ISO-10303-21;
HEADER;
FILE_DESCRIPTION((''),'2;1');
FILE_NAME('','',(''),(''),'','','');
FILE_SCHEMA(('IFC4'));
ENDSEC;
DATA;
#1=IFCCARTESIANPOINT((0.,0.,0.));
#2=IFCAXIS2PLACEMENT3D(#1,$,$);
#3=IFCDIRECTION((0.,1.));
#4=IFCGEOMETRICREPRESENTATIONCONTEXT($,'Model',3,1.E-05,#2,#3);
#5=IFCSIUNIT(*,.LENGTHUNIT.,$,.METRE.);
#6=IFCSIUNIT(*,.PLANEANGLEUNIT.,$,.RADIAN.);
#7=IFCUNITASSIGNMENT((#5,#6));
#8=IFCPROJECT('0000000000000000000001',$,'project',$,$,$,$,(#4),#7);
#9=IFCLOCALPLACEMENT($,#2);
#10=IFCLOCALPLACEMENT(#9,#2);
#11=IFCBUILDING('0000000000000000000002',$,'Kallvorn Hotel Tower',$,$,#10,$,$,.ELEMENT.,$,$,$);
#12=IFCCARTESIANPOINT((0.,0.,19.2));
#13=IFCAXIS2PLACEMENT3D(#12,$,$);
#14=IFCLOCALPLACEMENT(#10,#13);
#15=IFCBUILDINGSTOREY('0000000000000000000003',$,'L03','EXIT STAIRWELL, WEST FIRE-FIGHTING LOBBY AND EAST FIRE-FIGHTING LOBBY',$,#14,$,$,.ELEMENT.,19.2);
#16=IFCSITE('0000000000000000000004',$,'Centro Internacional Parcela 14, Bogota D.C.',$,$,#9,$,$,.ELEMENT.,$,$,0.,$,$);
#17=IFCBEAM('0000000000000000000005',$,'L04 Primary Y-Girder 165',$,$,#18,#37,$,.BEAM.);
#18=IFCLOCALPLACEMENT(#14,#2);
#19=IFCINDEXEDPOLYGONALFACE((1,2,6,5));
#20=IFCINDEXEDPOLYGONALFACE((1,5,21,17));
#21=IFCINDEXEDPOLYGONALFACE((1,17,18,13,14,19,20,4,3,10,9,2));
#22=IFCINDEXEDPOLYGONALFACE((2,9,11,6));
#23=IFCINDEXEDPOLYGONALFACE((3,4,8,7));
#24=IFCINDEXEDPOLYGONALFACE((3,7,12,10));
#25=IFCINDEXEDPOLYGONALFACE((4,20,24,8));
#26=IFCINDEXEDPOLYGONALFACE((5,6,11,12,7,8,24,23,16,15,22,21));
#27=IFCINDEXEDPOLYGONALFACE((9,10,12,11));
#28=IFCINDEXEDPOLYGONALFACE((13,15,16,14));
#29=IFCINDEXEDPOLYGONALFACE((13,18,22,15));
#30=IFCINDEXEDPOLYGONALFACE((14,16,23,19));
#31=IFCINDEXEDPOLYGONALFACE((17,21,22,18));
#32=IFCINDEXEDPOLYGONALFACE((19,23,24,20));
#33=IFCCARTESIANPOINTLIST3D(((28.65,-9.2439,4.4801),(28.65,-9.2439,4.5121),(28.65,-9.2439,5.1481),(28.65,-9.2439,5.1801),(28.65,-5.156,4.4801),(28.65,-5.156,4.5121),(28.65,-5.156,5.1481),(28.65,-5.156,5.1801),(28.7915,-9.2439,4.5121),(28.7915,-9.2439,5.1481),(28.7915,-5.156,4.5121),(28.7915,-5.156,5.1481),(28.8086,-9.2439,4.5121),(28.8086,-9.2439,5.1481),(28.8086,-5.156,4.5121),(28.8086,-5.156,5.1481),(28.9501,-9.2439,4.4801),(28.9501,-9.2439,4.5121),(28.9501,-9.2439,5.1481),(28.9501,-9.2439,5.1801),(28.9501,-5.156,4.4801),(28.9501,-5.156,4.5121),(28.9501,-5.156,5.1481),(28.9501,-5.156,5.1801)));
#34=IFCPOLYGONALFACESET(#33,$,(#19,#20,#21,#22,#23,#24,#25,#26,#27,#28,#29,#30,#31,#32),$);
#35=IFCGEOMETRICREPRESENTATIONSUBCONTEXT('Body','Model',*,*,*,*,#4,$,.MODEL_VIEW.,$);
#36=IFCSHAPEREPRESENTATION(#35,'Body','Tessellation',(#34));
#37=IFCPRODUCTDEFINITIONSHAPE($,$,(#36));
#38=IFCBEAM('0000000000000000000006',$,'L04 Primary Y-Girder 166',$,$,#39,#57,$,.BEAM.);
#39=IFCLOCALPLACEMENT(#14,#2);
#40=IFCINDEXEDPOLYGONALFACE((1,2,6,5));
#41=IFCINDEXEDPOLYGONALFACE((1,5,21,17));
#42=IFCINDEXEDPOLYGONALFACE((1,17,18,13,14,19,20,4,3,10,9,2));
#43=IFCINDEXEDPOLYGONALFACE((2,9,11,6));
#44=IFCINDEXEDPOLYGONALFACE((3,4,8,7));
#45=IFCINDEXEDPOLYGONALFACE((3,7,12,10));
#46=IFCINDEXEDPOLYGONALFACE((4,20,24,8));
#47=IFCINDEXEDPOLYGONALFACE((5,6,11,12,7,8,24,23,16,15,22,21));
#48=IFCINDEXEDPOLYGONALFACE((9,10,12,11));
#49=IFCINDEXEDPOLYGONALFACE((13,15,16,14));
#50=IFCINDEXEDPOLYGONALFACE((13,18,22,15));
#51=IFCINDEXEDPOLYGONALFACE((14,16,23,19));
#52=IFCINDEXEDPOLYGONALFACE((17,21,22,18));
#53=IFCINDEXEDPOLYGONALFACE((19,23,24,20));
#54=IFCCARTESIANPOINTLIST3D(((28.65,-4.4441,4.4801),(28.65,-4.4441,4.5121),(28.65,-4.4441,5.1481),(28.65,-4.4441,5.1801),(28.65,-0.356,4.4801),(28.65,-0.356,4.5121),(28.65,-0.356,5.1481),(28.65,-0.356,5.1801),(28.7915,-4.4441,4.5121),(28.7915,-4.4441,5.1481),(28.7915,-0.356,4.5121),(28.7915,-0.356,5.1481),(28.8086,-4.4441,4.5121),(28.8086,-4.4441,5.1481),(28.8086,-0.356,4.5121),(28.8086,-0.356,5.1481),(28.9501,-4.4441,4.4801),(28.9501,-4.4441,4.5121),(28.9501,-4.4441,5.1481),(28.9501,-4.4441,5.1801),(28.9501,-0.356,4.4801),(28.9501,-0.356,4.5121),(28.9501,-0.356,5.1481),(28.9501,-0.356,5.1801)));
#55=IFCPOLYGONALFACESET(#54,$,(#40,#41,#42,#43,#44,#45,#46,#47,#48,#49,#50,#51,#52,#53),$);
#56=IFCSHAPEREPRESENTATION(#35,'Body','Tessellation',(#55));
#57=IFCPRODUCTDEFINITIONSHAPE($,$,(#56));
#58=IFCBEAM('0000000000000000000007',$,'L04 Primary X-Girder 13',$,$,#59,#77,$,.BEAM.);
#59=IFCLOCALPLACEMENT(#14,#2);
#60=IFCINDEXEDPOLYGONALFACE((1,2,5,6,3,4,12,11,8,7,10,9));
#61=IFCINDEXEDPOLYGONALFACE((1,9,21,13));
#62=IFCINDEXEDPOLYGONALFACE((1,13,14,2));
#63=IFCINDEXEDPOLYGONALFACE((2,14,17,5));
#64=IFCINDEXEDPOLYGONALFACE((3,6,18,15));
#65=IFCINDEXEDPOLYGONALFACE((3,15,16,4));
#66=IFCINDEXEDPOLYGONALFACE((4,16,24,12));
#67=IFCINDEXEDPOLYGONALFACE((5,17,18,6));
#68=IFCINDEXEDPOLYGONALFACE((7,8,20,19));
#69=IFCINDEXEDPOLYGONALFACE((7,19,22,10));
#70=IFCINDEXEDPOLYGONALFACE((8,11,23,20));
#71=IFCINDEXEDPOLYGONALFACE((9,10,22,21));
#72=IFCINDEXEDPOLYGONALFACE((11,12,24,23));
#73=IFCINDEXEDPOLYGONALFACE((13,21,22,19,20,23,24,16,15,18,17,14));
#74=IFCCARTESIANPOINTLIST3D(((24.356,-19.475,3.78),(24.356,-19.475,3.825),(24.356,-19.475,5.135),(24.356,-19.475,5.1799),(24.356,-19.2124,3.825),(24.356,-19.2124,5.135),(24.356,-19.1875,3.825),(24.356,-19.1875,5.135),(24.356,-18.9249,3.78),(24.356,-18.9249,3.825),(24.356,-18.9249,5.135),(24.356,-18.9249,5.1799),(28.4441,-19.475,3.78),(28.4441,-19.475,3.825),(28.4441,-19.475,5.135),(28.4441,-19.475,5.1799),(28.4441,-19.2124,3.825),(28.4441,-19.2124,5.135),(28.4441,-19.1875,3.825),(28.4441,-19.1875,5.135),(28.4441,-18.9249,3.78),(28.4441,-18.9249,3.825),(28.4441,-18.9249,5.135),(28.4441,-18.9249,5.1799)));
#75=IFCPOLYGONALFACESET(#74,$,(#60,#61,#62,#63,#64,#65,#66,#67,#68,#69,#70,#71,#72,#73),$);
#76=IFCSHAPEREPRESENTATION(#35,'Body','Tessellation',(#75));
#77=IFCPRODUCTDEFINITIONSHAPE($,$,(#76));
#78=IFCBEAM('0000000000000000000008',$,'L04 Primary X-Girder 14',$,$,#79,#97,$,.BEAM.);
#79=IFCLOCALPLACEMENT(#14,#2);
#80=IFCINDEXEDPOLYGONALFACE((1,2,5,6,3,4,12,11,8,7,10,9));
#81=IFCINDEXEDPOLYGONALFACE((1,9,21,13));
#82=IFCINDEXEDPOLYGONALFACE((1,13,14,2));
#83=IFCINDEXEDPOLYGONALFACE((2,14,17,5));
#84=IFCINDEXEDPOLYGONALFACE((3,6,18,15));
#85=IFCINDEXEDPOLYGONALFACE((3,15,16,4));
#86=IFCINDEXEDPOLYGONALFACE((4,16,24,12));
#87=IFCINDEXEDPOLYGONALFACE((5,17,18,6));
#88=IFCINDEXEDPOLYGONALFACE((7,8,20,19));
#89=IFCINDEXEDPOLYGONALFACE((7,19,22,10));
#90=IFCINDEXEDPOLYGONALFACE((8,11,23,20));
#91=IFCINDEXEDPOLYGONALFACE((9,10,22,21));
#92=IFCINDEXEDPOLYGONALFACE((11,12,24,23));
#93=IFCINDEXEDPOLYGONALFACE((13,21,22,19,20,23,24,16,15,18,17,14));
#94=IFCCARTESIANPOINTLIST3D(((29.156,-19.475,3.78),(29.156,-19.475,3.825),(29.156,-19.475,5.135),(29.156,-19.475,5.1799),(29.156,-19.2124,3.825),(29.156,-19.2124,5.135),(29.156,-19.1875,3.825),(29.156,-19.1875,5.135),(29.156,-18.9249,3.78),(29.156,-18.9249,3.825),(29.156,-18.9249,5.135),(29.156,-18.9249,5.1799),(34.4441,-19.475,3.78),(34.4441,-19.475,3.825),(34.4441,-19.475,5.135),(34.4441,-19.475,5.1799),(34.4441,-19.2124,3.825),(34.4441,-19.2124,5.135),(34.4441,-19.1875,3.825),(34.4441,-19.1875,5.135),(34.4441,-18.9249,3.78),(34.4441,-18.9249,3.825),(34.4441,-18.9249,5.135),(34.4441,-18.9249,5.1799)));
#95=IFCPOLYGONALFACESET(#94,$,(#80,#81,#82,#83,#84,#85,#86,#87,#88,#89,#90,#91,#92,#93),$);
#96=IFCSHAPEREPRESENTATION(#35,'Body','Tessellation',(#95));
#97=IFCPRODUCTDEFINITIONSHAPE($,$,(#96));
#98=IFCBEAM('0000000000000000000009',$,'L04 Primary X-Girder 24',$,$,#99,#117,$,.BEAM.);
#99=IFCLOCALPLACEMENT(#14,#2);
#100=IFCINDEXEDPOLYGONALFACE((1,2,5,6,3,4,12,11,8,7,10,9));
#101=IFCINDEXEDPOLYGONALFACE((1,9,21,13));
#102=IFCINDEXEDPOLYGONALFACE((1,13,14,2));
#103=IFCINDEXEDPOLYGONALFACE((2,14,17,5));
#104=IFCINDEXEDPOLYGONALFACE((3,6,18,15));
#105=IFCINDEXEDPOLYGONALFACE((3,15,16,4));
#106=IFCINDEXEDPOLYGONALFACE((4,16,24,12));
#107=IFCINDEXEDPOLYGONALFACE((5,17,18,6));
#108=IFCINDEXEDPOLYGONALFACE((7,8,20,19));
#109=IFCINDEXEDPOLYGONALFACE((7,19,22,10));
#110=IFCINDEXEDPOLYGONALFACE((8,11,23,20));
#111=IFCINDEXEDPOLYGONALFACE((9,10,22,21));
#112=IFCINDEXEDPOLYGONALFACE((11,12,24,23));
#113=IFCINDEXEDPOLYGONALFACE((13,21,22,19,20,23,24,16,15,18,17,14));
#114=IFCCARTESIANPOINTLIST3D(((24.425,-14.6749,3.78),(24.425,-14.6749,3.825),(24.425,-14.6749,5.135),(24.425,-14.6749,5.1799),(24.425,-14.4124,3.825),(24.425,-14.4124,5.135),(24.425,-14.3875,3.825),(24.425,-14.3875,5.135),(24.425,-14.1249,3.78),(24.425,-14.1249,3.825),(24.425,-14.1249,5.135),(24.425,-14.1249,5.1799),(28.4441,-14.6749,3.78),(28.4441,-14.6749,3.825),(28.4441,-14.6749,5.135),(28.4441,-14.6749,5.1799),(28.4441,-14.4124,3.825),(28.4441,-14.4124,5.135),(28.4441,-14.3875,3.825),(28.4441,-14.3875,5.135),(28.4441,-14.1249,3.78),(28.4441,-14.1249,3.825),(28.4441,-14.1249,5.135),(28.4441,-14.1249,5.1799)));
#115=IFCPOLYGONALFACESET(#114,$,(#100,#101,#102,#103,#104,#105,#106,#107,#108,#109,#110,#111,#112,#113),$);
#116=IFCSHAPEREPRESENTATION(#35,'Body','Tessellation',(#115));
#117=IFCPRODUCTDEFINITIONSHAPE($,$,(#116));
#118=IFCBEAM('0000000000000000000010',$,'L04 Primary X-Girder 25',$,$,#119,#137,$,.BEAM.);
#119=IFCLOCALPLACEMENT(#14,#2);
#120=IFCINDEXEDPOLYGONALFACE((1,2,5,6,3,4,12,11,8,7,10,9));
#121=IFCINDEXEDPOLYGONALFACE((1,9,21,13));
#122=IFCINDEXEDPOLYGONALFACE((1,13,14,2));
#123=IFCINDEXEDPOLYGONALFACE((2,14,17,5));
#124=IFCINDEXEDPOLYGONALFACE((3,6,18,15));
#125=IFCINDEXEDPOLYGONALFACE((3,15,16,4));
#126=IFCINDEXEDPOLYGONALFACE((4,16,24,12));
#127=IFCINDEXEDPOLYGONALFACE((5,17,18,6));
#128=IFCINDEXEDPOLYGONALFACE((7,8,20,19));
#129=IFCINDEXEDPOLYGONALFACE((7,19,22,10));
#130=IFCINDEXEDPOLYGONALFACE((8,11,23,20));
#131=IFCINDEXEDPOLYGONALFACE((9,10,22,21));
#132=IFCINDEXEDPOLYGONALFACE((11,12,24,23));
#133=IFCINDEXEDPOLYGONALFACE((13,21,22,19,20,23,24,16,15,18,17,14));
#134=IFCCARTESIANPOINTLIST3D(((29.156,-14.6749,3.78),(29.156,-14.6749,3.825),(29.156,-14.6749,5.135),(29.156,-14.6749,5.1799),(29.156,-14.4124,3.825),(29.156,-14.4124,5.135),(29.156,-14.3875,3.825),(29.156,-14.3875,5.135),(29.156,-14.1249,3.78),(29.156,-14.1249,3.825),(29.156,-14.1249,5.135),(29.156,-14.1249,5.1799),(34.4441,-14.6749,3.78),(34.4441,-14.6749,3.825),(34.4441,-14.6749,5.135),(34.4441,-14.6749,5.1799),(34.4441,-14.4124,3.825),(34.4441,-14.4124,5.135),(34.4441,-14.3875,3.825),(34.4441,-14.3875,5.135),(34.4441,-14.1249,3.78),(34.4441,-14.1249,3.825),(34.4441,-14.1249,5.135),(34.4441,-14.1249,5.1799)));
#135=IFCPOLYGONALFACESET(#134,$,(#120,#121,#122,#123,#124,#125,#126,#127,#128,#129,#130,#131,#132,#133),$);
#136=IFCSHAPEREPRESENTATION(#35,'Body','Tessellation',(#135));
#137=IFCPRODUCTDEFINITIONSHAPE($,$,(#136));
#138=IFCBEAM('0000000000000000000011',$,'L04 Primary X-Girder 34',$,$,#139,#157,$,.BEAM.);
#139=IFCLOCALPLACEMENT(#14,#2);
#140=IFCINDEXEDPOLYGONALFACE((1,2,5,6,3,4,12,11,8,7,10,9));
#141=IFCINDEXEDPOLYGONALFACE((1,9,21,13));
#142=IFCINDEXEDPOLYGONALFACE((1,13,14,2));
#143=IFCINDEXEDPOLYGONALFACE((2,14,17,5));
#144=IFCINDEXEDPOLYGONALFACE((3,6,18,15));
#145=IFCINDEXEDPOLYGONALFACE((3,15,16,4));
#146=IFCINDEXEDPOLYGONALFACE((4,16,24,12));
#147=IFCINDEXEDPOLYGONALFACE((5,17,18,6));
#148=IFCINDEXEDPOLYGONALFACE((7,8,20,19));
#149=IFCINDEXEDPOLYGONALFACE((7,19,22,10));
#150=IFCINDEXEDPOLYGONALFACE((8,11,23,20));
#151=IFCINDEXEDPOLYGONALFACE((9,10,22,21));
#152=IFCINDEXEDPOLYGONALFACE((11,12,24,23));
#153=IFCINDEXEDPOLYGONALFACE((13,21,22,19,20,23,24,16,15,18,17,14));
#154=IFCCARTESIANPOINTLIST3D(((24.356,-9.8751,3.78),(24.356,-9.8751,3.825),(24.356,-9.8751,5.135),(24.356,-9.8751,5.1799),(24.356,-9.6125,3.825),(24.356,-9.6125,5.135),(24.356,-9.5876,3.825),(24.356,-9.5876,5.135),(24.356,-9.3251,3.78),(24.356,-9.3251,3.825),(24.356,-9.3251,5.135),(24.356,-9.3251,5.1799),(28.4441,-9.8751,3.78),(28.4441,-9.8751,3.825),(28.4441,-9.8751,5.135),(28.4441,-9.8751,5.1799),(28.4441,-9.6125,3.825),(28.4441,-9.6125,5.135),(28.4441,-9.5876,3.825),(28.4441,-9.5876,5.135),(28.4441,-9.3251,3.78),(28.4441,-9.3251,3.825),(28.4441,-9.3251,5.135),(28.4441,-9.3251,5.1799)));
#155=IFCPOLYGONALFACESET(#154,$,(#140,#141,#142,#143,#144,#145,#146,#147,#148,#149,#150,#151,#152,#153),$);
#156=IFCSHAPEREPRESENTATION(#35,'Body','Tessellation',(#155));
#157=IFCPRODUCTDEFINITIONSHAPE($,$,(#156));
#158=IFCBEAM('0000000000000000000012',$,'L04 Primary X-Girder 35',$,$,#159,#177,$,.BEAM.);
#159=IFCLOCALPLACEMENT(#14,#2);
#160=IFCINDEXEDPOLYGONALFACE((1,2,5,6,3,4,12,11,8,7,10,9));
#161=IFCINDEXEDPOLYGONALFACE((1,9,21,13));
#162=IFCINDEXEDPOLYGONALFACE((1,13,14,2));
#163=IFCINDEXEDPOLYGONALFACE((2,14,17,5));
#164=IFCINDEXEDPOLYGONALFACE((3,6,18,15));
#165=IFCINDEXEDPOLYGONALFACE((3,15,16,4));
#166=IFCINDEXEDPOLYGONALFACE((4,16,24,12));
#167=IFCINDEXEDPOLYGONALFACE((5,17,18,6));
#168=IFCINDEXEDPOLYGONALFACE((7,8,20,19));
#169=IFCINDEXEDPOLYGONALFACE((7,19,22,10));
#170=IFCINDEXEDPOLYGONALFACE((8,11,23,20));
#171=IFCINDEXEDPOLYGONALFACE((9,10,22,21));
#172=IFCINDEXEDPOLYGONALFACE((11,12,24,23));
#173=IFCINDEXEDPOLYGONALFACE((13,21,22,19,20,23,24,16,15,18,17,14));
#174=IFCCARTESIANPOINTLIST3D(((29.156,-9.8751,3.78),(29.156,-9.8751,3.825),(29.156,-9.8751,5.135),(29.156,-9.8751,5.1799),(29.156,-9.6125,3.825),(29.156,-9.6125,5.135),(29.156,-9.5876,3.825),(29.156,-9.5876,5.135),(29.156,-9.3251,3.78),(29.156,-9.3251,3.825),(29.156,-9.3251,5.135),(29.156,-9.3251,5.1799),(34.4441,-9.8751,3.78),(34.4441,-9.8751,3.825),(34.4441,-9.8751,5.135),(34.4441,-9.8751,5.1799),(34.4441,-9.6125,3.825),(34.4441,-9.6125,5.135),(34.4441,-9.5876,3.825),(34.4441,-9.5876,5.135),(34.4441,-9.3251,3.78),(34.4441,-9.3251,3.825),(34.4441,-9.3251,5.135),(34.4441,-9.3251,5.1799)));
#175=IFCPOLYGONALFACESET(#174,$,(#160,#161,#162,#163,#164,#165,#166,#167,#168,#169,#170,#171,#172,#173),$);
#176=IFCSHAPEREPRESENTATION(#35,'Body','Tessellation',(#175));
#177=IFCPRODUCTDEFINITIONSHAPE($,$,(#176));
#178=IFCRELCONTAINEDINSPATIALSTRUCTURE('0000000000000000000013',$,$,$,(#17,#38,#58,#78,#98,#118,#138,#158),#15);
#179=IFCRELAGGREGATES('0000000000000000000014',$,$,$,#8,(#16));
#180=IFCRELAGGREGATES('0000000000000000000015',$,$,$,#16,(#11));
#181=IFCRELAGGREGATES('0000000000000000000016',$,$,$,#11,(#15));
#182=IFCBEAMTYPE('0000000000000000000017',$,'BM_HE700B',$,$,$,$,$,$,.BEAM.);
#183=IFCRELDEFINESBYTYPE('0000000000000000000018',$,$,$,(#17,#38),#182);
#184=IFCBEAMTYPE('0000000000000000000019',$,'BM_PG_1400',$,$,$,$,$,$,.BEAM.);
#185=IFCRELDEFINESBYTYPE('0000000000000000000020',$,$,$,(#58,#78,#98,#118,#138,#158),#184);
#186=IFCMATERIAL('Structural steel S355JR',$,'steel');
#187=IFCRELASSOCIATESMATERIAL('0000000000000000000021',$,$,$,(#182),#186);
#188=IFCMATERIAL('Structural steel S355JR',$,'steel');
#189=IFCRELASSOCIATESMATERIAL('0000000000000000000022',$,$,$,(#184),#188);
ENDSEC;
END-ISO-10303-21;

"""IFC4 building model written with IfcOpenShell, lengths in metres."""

from ifc_helpers import new_model, si_unit, direction, frame, origin, origin_2d, place, context, subcontext, project, spatial, i_section, extrude, material, material_profile, profile_set, type_object, element, save


model = new_model("IFC4")

# Units and contexts
model_context = context("Model", 3, precision=1e-05, world=origin(), true_north=direction((0.0, 1.0)))
body_context = subcontext(model_context, "Body", "Model", "MODEL_VIEW")
ifc_project = project(units=[si_unit("LENGTHUNIT", "METRE"), si_unit("PLANEANGLEUNIT", "RADIAN")], contexts=[model_context])

# Site, building, storey
site_placement = place(None, origin())
site = spatial("IfcSite", under=ifc_project, at=site_placement, Name="Centro Internacional Parcela 14, Bogota D.C.", CompositionType="ELEMENT", RefElevation=0.0)
building_placement = place(site_placement, origin())
building = spatial("IfcBuilding", under=site, at=building_placement, Name="Kallvorn Hotel Tower", CompositionType="ELEMENT")
storey_placement = place(building_placement, frame((0.0, 0.0, 19.2)))
storey = spatial("IfcBuildingStorey", under=building, at=storey_placement, Name="L03", Description="EXIT STAIRWELL, WEST FIRE-FIGHTING LOBBY AND EAST FIRE-FIGHTING LOBBY", CompositionType="ELEMENT", Elevation=19.2)

# Beams
ifc_material_1 = material(Name="Structural steel S355JR", Category="steel")
ifc_material_profile_1 = material_profile(ifc_material_1, i_section(OverallWidth=0.3, OverallDepth=0.7, WebThickness=0.0171, FlangeThickness=0.032, at=origin_2d()), Name="HE 700 B")
ifc_profile_set_1 = profile_set([ifc_material_profile_1], Name="Structural steel S355JR")
beam_type_1 = type_object("IfcBeamType", Name="BM_HE700B", PredefinedType="BEAM", material=ifc_profile_set_1)
for number, where, z_axis, x_axis, name in (
    (1, (28.8, -9.2439, 4.8301), (0.0, 1.0, 0.0), (-1.0, 0.0, 0.0), "L04 Primary Y-Girder 165"),
):
    element("IfcBeam", number, at=place(storey_placement, frame(where, z_axis=z_axis, x_axis=x_axis)), inside=storey, type_object=beam_type_1, Name=name, PredefinedType="BEAM", context=body_context, shape_type="SweptSolid", body=[
        extrude(i_section(OverallWidth=0.3, OverallDepth=0.7, WebThickness=0.0171, FlangeThickness=0.032, at=origin_2d()), origin(), (0.0, 0.0, 1.0), 4.0879),
    ])
beam_1_placement = place(storey_placement, frame((28.8, -4.4441, 4.8301), z_axis=(0.0, 1.0, 0.0), x_axis=(-1.0, 0.0, 0.0)))
element("IfcBeam", 2, at=beam_1_placement, inside=storey, type_object=beam_type_1, Name="L04 Primary Y-Girder 166", PredefinedType="BEAM", context=body_context, shape_type="SweptSolid", body=[
    extrude(i_section(OverallWidth=0.3, OverallDepth=0.7, WebThickness=0.0171, FlangeThickness=0.032, at=origin_2d()), origin(), (0.0, 0.0, 1.0), 4.0881),
])
ifc_material_2 = material(Name="Structural steel S355JR", Category="steel")
ifc_material_profile_2 = material_profile(ifc_material_2, i_section(OverallWidth=0.55, OverallDepth=1.3999, WebThickness=0.0249, FlangeThickness=0.0449, at=origin_2d()), Name="PG 1400x550x25x45")
ifc_profile_set_2 = profile_set([ifc_material_profile_2], Name="Structural steel S355JR")
beam_type_2 = type_object("IfcBeamType", Name="BM_PG_1400", PredefinedType="BEAM", material=ifc_profile_set_2)
beam_2_placement = place(storey_placement, frame((24.356, -19.2, 4.48), z_axis=(1.0, 0.0, 0.0), x_axis=(0.0, 1.0, 0.0)))
element("IfcBeam", 3, at=beam_2_placement, inside=storey, type_object=beam_type_2, Name="L04 Primary X-Girder 13", PredefinedType="BEAM", context=body_context, shape_type="SweptSolid", body=[
    extrude(i_section(OverallWidth=0.55, OverallDepth=1.3999, WebThickness=0.0249, FlangeThickness=0.0449, at=origin_2d()), origin(), (0.0, 0.0, 1.0), 4.0881),
])
beam_3_placement = place(storey_placement, frame((29.156, -19.2, 4.48), z_axis=(1.0, 0.0, 0.0), x_axis=(0.0, 1.0, 0.0)))
element("IfcBeam", 4, at=beam_3_placement, inside=storey, type_object=beam_type_2, Name="L04 Primary X-Girder 14", PredefinedType="BEAM", context=body_context, shape_type="SweptSolid", body=[
    extrude(i_section(OverallWidth=0.55, OverallDepth=1.3999, WebThickness=0.0249, FlangeThickness=0.0449, at=origin_2d()), origin(), (0.0, 0.0, 1.0), 5.2881),
])
beam_4_placement = place(storey_placement, frame((24.425, -14.3999, 4.48), z_axis=(1.0, 0.0, 0.0), x_axis=(0.0, 1.0, 0.0)))
element("IfcBeam", 5, at=beam_4_placement, inside=storey, type_object=beam_type_2, Name="L04 Primary X-Girder 24", PredefinedType="BEAM", context=body_context, shape_type="SweptSolid", body=[
    extrude(i_section(OverallWidth=0.55, OverallDepth=1.3999, WebThickness=0.0249, FlangeThickness=0.0449, at=origin_2d()), origin(), (0.0, 0.0, 1.0), 4.019),
])
beam_5_placement = place(storey_placement, frame((29.156, -14.3999, 4.48), z_axis=(1.0, 0.0, 0.0), x_axis=(0.0, 1.0, 0.0)))
element("IfcBeam", 6, at=beam_5_placement, inside=storey, type_object=beam_type_2, Name="L04 Primary X-Girder 25", PredefinedType="BEAM", context=body_context, shape_type="SweptSolid", body=[
    extrude(i_section(OverallWidth=0.55, OverallDepth=1.3999, WebThickness=0.0249, FlangeThickness=0.0449, at=origin_2d()), origin(), (0.0, 0.0, 1.0), 5.2881),
])
beam_6_placement = place(storey_placement, frame((24.356, -9.6001, 4.48), z_axis=(1.0, 0.0, 0.0), x_axis=(0.0, 1.0, 0.0)))
element("IfcBeam", 7, at=beam_6_placement, inside=storey, type_object=beam_type_2, Name="L04 Primary X-Girder 34", PredefinedType="BEAM", context=body_context, shape_type="SweptSolid", body=[
    extrude(i_section(OverallWidth=0.55, OverallDepth=1.3999, WebThickness=0.0249, FlangeThickness=0.0449, at=origin_2d()), origin(), (0.0, 0.0, 1.0), 4.0881),
])
beam_7_placement = place(storey_placement, frame((29.156, -9.6001, 4.48), z_axis=(1.0, 0.0, 0.0), x_axis=(0.0, 1.0, 0.0)))
element("IfcBeam", 8, at=beam_7_placement, inside=storey, type_object=beam_type_2, Name="L04 Primary X-Girder 35", PredefinedType="BEAM", context=body_context, shape_type="SweptSolid", body=[
    extrude(i_section(OverallWidth=0.55, OverallDepth=1.3999, WebThickness=0.0249, FlangeThickness=0.0449, at=origin_2d()), origin(), (0.0, 0.0, 1.0), 5.2881),
])

save(model, "model.ifc")
